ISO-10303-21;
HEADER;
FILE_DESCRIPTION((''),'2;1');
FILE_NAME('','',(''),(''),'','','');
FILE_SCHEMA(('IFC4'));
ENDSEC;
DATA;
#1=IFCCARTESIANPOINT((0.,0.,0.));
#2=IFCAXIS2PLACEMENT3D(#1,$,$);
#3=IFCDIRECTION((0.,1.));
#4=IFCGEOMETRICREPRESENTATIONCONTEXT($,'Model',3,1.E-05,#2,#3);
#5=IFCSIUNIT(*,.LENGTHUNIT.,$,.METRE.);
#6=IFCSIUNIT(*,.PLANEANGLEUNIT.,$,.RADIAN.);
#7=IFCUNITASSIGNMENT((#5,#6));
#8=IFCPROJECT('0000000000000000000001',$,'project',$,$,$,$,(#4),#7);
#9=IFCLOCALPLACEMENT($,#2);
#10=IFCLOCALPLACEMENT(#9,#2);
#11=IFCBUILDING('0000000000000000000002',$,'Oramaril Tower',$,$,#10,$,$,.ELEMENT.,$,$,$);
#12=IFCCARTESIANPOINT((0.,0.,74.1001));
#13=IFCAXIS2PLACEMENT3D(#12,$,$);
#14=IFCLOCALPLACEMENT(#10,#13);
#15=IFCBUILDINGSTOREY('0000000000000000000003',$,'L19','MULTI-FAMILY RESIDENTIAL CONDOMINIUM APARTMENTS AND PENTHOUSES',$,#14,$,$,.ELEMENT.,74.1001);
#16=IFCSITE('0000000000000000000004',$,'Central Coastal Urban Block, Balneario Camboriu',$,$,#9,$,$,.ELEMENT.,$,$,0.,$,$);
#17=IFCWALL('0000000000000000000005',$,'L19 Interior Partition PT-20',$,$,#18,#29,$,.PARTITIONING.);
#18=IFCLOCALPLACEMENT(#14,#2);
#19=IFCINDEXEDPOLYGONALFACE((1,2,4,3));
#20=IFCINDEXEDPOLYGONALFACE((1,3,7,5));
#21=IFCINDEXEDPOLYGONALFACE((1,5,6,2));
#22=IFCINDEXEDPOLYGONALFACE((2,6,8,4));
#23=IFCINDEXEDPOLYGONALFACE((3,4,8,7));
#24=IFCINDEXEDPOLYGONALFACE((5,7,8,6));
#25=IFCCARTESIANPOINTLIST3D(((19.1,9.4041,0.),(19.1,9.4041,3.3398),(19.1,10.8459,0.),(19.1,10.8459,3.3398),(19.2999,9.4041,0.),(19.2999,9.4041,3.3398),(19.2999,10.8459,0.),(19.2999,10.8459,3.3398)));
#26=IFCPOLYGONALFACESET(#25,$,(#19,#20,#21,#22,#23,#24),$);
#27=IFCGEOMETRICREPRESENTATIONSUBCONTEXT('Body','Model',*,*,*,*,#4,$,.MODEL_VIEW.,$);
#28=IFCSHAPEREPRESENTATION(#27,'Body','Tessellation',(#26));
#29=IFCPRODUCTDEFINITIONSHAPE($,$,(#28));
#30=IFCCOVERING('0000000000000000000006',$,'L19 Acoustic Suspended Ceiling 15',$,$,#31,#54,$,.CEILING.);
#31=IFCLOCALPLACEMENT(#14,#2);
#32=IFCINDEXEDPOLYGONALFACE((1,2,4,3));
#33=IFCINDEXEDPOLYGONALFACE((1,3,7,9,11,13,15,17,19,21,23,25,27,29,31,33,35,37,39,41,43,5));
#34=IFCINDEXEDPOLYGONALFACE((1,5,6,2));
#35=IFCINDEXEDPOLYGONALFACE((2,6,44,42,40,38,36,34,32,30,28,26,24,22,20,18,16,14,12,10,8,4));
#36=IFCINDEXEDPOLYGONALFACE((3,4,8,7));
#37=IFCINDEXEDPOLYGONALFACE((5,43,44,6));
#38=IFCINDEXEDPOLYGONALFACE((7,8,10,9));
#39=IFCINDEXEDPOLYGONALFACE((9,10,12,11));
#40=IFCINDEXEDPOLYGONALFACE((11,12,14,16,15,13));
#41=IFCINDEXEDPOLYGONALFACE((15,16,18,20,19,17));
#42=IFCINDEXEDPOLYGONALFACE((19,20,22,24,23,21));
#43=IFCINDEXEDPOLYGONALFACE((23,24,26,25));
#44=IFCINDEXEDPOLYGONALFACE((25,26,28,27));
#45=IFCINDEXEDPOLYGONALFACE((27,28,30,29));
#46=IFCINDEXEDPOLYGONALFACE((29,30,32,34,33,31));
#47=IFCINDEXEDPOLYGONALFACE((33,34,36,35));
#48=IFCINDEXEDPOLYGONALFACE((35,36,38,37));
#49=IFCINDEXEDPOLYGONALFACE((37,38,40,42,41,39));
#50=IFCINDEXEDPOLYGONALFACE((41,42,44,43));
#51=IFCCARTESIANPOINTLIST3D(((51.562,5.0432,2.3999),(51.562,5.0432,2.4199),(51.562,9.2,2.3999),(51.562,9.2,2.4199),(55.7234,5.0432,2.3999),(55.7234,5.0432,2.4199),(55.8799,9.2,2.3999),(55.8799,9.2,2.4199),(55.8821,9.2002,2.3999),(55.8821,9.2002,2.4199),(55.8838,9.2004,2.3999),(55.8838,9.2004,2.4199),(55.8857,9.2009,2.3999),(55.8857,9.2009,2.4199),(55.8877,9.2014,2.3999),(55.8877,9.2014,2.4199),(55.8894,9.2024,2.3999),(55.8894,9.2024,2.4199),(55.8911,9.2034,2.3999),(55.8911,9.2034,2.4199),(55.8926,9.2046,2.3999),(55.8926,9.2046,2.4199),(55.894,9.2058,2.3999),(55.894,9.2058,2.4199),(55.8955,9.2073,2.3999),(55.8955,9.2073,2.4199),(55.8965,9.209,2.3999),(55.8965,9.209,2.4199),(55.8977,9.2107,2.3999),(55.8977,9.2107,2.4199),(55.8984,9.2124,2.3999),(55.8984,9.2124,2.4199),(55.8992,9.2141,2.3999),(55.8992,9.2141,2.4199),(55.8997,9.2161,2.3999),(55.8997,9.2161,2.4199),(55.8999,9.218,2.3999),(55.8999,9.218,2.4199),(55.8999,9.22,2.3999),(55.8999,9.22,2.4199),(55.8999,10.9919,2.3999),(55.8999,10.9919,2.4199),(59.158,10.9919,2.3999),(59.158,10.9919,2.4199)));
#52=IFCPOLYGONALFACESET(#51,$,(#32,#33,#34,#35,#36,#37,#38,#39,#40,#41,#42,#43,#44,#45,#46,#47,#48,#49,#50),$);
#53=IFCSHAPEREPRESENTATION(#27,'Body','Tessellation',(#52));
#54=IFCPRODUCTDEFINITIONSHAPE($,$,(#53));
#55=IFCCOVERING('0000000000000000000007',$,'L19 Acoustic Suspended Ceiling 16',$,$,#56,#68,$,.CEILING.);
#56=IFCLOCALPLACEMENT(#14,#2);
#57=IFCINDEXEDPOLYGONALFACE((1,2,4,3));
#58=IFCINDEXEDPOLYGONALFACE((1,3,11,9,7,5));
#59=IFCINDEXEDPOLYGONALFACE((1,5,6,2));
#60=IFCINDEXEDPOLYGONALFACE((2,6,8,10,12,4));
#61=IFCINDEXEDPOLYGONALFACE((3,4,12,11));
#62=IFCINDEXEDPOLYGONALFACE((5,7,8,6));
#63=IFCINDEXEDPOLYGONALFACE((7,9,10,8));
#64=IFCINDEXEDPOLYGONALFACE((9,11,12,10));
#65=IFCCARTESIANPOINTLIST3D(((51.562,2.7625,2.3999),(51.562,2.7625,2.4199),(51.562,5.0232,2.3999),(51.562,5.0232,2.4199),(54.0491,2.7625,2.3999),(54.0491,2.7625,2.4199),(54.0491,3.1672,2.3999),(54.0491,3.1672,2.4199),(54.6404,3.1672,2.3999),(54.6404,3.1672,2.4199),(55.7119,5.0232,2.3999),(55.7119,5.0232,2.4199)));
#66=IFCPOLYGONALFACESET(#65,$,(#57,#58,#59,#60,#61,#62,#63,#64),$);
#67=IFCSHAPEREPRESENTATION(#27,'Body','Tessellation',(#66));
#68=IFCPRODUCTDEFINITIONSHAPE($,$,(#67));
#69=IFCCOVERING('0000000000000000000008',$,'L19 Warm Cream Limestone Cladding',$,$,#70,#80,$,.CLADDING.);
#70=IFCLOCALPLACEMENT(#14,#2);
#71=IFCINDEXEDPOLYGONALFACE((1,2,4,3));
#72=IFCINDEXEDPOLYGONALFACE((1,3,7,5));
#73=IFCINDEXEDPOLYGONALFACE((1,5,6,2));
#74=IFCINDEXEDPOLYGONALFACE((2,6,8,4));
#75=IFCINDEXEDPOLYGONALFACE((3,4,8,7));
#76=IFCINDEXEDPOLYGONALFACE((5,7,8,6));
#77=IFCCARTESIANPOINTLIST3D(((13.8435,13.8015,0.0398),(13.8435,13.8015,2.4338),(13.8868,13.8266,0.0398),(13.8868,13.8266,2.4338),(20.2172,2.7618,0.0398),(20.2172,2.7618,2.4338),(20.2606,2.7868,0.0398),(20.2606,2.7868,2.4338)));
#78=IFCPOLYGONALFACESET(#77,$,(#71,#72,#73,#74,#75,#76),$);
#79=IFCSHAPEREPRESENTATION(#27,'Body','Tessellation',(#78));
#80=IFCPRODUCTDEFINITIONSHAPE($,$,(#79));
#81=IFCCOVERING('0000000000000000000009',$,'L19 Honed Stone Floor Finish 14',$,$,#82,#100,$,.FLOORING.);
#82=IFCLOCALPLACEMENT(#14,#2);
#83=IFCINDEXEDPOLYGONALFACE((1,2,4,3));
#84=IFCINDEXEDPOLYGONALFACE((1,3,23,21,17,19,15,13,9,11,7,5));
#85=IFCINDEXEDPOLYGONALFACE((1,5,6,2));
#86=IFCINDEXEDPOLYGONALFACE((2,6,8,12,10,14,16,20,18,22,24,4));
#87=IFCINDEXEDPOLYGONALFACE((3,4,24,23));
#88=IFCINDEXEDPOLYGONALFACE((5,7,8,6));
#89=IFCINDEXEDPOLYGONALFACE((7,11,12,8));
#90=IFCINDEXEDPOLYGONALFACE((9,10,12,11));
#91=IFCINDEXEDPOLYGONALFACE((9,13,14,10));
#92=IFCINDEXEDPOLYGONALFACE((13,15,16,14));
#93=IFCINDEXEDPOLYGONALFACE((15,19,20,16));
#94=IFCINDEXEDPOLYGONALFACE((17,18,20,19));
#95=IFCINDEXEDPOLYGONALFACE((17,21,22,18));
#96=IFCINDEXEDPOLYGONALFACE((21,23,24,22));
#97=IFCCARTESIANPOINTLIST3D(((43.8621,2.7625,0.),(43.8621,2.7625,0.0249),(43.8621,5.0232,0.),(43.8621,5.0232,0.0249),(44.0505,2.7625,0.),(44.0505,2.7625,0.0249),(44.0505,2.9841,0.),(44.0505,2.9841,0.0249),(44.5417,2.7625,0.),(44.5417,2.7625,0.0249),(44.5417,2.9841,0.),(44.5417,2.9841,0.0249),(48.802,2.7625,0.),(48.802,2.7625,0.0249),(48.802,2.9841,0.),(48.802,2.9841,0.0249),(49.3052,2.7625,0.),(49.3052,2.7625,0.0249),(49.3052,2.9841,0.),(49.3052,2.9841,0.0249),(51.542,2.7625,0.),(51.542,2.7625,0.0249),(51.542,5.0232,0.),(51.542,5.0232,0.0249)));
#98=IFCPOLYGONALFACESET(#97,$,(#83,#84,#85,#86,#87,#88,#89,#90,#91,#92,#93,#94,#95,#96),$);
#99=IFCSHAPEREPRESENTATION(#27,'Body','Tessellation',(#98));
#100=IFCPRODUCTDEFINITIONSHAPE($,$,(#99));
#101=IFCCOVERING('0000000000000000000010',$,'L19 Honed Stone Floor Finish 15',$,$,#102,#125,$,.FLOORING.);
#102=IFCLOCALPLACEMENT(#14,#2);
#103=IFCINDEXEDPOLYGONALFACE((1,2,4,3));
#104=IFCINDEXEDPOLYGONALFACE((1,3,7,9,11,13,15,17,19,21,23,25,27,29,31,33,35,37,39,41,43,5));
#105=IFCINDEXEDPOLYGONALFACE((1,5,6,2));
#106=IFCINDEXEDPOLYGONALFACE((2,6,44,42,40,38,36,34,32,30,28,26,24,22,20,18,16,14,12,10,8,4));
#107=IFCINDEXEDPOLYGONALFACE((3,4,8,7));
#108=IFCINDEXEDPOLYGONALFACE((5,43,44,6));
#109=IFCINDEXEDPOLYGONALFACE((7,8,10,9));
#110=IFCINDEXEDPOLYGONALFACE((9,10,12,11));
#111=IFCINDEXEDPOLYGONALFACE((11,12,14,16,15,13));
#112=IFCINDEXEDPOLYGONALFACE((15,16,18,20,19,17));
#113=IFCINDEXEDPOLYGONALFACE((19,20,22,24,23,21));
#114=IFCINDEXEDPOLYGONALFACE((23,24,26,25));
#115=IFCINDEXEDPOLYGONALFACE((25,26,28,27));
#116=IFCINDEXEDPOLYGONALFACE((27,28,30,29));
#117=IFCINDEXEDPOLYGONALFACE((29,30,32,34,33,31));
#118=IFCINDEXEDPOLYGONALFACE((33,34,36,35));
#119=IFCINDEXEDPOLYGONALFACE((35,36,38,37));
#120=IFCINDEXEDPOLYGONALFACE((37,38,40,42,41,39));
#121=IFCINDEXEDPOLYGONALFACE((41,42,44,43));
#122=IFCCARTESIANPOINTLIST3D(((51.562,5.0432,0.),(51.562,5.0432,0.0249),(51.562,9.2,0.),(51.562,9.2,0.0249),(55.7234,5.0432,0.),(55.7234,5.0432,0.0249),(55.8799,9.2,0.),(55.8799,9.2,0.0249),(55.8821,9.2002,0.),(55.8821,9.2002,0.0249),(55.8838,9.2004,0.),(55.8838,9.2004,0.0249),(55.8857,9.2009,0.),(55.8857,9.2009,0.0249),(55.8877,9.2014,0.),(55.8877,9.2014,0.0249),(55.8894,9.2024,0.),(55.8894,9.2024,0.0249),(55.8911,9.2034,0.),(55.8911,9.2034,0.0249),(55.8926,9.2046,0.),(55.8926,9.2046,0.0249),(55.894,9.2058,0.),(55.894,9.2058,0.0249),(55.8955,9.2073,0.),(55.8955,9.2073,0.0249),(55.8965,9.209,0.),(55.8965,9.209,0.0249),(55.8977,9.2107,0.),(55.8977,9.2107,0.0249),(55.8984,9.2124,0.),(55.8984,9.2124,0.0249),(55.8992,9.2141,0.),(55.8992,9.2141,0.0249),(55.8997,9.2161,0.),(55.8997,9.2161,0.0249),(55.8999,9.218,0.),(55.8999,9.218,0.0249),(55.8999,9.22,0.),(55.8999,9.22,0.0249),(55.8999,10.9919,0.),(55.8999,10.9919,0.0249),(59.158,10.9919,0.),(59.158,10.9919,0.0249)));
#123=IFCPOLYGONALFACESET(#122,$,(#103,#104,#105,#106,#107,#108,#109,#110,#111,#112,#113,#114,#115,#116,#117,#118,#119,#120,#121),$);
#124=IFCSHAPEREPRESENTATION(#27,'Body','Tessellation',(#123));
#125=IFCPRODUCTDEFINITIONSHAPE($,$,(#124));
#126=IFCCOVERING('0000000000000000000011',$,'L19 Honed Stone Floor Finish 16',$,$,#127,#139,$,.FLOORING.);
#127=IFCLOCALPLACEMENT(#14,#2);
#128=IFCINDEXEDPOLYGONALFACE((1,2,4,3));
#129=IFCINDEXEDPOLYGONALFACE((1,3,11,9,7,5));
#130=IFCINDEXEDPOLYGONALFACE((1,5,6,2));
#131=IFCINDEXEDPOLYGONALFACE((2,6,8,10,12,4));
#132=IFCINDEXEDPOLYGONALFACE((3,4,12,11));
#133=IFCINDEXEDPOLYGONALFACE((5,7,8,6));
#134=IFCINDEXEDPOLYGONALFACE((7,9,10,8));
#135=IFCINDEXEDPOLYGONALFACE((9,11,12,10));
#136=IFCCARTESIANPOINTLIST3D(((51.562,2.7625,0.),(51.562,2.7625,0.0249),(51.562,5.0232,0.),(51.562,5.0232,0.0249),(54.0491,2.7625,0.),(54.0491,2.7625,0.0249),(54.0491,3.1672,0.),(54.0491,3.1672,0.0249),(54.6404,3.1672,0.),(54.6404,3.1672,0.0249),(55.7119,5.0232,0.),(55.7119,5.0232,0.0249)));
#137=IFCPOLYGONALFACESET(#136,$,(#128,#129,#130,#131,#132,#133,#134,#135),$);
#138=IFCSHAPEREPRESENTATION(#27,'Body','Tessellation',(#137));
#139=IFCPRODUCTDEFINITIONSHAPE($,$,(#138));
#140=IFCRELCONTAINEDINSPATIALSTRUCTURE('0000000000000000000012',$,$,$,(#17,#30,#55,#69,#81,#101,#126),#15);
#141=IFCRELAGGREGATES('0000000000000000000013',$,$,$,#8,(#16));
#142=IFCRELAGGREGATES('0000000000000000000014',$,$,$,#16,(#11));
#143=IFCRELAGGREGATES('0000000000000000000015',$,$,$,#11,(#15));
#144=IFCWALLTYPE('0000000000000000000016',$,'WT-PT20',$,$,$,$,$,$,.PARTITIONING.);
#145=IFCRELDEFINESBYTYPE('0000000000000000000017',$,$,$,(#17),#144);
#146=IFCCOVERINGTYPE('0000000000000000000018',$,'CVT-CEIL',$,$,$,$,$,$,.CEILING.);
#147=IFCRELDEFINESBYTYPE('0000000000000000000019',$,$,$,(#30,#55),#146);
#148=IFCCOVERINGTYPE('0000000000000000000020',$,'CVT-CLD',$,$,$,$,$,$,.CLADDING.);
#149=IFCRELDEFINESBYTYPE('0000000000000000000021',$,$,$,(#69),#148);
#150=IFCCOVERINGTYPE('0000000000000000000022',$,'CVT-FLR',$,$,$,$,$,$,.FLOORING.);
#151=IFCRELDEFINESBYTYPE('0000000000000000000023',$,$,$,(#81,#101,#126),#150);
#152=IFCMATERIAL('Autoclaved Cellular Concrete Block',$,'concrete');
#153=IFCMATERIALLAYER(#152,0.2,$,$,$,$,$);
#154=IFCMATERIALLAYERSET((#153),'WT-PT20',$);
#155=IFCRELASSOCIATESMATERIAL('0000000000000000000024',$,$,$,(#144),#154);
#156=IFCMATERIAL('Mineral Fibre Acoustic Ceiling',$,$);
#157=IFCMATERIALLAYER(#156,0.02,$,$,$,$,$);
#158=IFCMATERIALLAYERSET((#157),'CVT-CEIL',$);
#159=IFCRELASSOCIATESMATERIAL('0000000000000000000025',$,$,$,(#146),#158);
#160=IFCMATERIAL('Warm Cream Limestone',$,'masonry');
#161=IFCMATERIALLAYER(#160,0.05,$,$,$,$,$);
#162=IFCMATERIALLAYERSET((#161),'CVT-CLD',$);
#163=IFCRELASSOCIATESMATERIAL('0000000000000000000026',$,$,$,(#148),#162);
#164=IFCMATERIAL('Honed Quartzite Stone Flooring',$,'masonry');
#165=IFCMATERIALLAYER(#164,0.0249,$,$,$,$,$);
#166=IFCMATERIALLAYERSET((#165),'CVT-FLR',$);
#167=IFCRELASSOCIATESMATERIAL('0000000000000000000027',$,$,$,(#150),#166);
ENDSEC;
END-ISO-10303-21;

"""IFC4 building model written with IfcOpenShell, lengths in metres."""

from ifc_helpers import new_model, si_unit, direction, frame, frame_2d, origin, origin_2d, place, context, subcontext, project, spatial, polyline, rectangle, outline, extrude, material, layer, layer_set, type_object, element, save


model = new_model("IFC4")

# Units and contexts
model_context = context("Model", 3, precision=1e-05, world=origin(), true_north=direction((0.0, 1.0)))
body_context = subcontext(model_context, "Body", "Model", "MODEL_VIEW")
ifc_project = project(units=[si_unit("LENGTHUNIT", "METRE"), si_unit("PLANEANGLEUNIT", "RADIAN")], contexts=[model_context])

# Site, building, storey
site_placement = place(None, origin())
site = spatial("IfcSite", under=ifc_project, at=site_placement, Name="Central Coastal Urban Block, Balneario Camboriu", CompositionType="ELEMENT", RefElevation=0.0)
building_placement = place(site_placement, origin())
building = spatial("IfcBuilding", under=site, at=building_placement, Name="Oramaril Tower", CompositionType="ELEMENT")
storey_placement = place(building_placement, frame((0.0, 0.0, 74.1001)))
storey = spatial("IfcBuildingStorey", under=building, at=storey_placement, Name="L19", Description="MULTI-FAMILY RESIDENTIAL CONDOMINIUM APARTMENTS AND PENTHOUSES", CompositionType="ELEMENT", Elevation=74.1001)

# Shared definitions
ifc_material_1 = material(Name="Autoclaved Cellular Concrete Block", Category="concrete")
ifc_layer_1 = layer(ifc_material_1, 0.2)
ifc_layer_set_1 = layer_set([ifc_layer_1], Name="WT-PT20")
wall_type = type_object("IfcWallType", Name="WT-PT20", PredefinedType="PARTITIONING", material=ifc_layer_set_1)

# Wall
wall_1_placement = place(storey_placement, frame((19.2, 9.4041, 0.0), z_axis=(0.0, 0.0, 1.0), x_axis=(0.0, 1.0, 0.0)))
element("IfcWall", 1, at=wall_1_placement, inside=storey, type_object=wall_type, Name="L19 Interior Partition PT-20", PredefinedType="PARTITIONING", context=body_context, shape_type="SweptSolid", body=[
    extrude(rectangle(XDim=1.4419, YDim=0.2, at=frame_2d((0.7209, 0.0))), origin(), (0.0, 0.0, 1.0), 3.3398),
])

# Coverings
ifc_material_2 = material(Name="Mineral Fibre Acoustic Ceiling")
ifc_layer_2 = layer(ifc_material_2, 0.02)
ifc_layer_set_2 = layer_set([ifc_layer_2], Name="CVT-CEIL")
covering_type_1 = type_object("IfcCoveringType", Name="CVT-CEIL", PredefinedType="CEILING", material=ifc_layer_set_2)
covering_1_placement = place(storey_placement, frame((0.0, 0.0, 2.3999)))
element("IfcCovering", 2, at=covering_1_placement, inside=storey, type_object=covering_type_1, Name="L19 Acoustic Suspended Ceiling 15", PredefinedType="CEILING", context=body_context, shape_type="SweptSolid", body=[
    extrude(outline(polyline([(59.158, 10.9919), (55.7234, 5.0432), (51.562, 5.0432), (51.562, 9.2), (55.8799, 9.2), (55.8821, 9.2002), (55.8838, 9.2004), (55.8857, 9.2009), (55.8877, 9.2014), (55.8894, 9.2024), (55.8911, 9.2034), (55.8926, 9.2046), (55.894, 9.2058), (55.8955, 9.2073), (55.8965, 9.209), (55.8977, 9.2107), (55.8984, 9.2124), (55.8992, 9.2141), (55.8997, 9.2161), (55.8999, 9.218), (55.8999, 9.22), (55.8999, 10.9919), (59.158, 10.9919)])), origin(), (0.0, 0.0, 1.0), 0.02),
])
covering_2_placement = place(storey_placement, frame((0.0, 0.0, 2.3999)))
element("IfcCovering", 3, at=covering_2_placement, inside=storey, type_object=covering_type_1, Name="L19 Acoustic Suspended Ceiling 16", PredefinedType="CEILING", context=body_context, shape_type="SweptSolid", body=[
    extrude(outline(polyline([(54.6404, 3.1672), (54.0491, 3.1672), (54.0491, 2.7625), (51.562, 2.7625), (51.562, 5.0232), (55.7119, 5.0232), (54.6404, 3.1672)])), origin(), (0.0, 0.0, 1.0), 0.02),
])
ifc_material_3 = material(Name="Warm Cream Limestone", Category="masonry")
ifc_layer_3 = layer(ifc_material_3, 0.05)
ifc_layer_set_3 = layer_set([ifc_layer_3], Name="CVT-CLD")
covering_type_2 = type_object("IfcCoveringType", Name="CVT-CLD", PredefinedType="CLADDING", material=ifc_layer_set_3)
covering_3_placement = place(storey_placement, frame((17.052, 8.2942, 0.0398), z_axis=(0.0, 0.0, 1.0), x_axis=(0.499998, -0.866026, 0.0)))
element("IfcCovering", 4, at=covering_3_placement, inside=storey, type_object=covering_type_2, Name="L19 Warm Cream Limestone Cladding", PredefinedType="CLADDING", context=body_context, shape_type="SweptSolid", body=[
    extrude(rectangle(XDim=12.7476, YDim=0.05, at=origin_2d()), origin(), (0.0, 0.0, 1.0), 2.394),
])
ifc_material_4 = material(Name="Honed Quartzite Stone Flooring", Category="masonry")
ifc_layer_4 = layer(ifc_material_4, 0.0249)
ifc_layer_set_4 = layer_set([ifc_layer_4], Name="CVT-FLR")
covering_type_3 = type_object("IfcCoveringType", Name="CVT-FLR", PredefinedType="FLOORING", material=ifc_layer_set_4)
covering_4_placement = place(storey_placement, origin())
element("IfcCovering", 5, at=covering_4_placement, inside=storey, type_object=covering_type_3, Name="L19 Honed Stone Floor Finish 14", PredefinedType="FLOORING", context=body_context, shape_type="SweptSolid", body=[
    extrude(outline(polyline([(49.3052, 2.9841), (48.802, 2.9841), (48.802, 2.7625), (44.5417, 2.7625), (44.5417, 2.9841), (44.0505, 2.9841), (44.0505, 2.7625), (43.8621, 2.7625), (43.8621, 5.0232), (51.542, 5.0232), (51.542, 2.7625), (49.3052, 2.7625), (49.3052, 2.9841)])), origin(), (0.0, 0.0, 1.0), 0.0249),
])
covering_5_placement = place(storey_placement, origin())
element("IfcCovering", 6, at=covering_5_placement, inside=storey, type_object=covering_type_3, Name="L19 Honed Stone Floor Finish 15", PredefinedType="FLOORING", context=body_context, shape_type="SweptSolid", body=[
    extrude(outline(polyline([(59.158, 10.9919), (55.7234, 5.0432), (51.562, 5.0432), (51.562, 9.2), (55.8799, 9.2), (55.8821, 9.2002), (55.8838, 9.2004), (55.8857, 9.2009), (55.8877, 9.2014), (55.8894, 9.2024), (55.8911, 9.2034), (55.8926, 9.2046), (55.894, 9.2058), (55.8955, 9.2073), (55.8965, 9.209), (55.8977, 9.2107), (55.8984, 9.2124), (55.8992, 9.2141), (55.8997, 9.2161), (55.8999, 9.218), (55.8999, 9.22), (55.8999, 10.9919), (59.158, 10.9919)])), origin(), (0.0, 0.0, 1.0), 0.0249),
])
covering_6_placement = place(storey_placement, origin())
element("IfcCovering", 7, at=covering_6_placement, inside=storey, type_object=covering_type_3, Name="L19 Honed Stone Floor Finish 16", PredefinedType="FLOORING", context=body_context, shape_type="SweptSolid", body=[
    extrude(outline(polyline([(54.6404, 3.1672), (54.0491, 3.1672), (54.0491, 2.7625), (51.562, 2.7625), (51.562, 5.0232), (55.7119, 5.0232), (54.6404, 3.1672)])), origin(), (0.0, 0.0, 1.0), 0.0249),
])

save(model, "model.ifc")
